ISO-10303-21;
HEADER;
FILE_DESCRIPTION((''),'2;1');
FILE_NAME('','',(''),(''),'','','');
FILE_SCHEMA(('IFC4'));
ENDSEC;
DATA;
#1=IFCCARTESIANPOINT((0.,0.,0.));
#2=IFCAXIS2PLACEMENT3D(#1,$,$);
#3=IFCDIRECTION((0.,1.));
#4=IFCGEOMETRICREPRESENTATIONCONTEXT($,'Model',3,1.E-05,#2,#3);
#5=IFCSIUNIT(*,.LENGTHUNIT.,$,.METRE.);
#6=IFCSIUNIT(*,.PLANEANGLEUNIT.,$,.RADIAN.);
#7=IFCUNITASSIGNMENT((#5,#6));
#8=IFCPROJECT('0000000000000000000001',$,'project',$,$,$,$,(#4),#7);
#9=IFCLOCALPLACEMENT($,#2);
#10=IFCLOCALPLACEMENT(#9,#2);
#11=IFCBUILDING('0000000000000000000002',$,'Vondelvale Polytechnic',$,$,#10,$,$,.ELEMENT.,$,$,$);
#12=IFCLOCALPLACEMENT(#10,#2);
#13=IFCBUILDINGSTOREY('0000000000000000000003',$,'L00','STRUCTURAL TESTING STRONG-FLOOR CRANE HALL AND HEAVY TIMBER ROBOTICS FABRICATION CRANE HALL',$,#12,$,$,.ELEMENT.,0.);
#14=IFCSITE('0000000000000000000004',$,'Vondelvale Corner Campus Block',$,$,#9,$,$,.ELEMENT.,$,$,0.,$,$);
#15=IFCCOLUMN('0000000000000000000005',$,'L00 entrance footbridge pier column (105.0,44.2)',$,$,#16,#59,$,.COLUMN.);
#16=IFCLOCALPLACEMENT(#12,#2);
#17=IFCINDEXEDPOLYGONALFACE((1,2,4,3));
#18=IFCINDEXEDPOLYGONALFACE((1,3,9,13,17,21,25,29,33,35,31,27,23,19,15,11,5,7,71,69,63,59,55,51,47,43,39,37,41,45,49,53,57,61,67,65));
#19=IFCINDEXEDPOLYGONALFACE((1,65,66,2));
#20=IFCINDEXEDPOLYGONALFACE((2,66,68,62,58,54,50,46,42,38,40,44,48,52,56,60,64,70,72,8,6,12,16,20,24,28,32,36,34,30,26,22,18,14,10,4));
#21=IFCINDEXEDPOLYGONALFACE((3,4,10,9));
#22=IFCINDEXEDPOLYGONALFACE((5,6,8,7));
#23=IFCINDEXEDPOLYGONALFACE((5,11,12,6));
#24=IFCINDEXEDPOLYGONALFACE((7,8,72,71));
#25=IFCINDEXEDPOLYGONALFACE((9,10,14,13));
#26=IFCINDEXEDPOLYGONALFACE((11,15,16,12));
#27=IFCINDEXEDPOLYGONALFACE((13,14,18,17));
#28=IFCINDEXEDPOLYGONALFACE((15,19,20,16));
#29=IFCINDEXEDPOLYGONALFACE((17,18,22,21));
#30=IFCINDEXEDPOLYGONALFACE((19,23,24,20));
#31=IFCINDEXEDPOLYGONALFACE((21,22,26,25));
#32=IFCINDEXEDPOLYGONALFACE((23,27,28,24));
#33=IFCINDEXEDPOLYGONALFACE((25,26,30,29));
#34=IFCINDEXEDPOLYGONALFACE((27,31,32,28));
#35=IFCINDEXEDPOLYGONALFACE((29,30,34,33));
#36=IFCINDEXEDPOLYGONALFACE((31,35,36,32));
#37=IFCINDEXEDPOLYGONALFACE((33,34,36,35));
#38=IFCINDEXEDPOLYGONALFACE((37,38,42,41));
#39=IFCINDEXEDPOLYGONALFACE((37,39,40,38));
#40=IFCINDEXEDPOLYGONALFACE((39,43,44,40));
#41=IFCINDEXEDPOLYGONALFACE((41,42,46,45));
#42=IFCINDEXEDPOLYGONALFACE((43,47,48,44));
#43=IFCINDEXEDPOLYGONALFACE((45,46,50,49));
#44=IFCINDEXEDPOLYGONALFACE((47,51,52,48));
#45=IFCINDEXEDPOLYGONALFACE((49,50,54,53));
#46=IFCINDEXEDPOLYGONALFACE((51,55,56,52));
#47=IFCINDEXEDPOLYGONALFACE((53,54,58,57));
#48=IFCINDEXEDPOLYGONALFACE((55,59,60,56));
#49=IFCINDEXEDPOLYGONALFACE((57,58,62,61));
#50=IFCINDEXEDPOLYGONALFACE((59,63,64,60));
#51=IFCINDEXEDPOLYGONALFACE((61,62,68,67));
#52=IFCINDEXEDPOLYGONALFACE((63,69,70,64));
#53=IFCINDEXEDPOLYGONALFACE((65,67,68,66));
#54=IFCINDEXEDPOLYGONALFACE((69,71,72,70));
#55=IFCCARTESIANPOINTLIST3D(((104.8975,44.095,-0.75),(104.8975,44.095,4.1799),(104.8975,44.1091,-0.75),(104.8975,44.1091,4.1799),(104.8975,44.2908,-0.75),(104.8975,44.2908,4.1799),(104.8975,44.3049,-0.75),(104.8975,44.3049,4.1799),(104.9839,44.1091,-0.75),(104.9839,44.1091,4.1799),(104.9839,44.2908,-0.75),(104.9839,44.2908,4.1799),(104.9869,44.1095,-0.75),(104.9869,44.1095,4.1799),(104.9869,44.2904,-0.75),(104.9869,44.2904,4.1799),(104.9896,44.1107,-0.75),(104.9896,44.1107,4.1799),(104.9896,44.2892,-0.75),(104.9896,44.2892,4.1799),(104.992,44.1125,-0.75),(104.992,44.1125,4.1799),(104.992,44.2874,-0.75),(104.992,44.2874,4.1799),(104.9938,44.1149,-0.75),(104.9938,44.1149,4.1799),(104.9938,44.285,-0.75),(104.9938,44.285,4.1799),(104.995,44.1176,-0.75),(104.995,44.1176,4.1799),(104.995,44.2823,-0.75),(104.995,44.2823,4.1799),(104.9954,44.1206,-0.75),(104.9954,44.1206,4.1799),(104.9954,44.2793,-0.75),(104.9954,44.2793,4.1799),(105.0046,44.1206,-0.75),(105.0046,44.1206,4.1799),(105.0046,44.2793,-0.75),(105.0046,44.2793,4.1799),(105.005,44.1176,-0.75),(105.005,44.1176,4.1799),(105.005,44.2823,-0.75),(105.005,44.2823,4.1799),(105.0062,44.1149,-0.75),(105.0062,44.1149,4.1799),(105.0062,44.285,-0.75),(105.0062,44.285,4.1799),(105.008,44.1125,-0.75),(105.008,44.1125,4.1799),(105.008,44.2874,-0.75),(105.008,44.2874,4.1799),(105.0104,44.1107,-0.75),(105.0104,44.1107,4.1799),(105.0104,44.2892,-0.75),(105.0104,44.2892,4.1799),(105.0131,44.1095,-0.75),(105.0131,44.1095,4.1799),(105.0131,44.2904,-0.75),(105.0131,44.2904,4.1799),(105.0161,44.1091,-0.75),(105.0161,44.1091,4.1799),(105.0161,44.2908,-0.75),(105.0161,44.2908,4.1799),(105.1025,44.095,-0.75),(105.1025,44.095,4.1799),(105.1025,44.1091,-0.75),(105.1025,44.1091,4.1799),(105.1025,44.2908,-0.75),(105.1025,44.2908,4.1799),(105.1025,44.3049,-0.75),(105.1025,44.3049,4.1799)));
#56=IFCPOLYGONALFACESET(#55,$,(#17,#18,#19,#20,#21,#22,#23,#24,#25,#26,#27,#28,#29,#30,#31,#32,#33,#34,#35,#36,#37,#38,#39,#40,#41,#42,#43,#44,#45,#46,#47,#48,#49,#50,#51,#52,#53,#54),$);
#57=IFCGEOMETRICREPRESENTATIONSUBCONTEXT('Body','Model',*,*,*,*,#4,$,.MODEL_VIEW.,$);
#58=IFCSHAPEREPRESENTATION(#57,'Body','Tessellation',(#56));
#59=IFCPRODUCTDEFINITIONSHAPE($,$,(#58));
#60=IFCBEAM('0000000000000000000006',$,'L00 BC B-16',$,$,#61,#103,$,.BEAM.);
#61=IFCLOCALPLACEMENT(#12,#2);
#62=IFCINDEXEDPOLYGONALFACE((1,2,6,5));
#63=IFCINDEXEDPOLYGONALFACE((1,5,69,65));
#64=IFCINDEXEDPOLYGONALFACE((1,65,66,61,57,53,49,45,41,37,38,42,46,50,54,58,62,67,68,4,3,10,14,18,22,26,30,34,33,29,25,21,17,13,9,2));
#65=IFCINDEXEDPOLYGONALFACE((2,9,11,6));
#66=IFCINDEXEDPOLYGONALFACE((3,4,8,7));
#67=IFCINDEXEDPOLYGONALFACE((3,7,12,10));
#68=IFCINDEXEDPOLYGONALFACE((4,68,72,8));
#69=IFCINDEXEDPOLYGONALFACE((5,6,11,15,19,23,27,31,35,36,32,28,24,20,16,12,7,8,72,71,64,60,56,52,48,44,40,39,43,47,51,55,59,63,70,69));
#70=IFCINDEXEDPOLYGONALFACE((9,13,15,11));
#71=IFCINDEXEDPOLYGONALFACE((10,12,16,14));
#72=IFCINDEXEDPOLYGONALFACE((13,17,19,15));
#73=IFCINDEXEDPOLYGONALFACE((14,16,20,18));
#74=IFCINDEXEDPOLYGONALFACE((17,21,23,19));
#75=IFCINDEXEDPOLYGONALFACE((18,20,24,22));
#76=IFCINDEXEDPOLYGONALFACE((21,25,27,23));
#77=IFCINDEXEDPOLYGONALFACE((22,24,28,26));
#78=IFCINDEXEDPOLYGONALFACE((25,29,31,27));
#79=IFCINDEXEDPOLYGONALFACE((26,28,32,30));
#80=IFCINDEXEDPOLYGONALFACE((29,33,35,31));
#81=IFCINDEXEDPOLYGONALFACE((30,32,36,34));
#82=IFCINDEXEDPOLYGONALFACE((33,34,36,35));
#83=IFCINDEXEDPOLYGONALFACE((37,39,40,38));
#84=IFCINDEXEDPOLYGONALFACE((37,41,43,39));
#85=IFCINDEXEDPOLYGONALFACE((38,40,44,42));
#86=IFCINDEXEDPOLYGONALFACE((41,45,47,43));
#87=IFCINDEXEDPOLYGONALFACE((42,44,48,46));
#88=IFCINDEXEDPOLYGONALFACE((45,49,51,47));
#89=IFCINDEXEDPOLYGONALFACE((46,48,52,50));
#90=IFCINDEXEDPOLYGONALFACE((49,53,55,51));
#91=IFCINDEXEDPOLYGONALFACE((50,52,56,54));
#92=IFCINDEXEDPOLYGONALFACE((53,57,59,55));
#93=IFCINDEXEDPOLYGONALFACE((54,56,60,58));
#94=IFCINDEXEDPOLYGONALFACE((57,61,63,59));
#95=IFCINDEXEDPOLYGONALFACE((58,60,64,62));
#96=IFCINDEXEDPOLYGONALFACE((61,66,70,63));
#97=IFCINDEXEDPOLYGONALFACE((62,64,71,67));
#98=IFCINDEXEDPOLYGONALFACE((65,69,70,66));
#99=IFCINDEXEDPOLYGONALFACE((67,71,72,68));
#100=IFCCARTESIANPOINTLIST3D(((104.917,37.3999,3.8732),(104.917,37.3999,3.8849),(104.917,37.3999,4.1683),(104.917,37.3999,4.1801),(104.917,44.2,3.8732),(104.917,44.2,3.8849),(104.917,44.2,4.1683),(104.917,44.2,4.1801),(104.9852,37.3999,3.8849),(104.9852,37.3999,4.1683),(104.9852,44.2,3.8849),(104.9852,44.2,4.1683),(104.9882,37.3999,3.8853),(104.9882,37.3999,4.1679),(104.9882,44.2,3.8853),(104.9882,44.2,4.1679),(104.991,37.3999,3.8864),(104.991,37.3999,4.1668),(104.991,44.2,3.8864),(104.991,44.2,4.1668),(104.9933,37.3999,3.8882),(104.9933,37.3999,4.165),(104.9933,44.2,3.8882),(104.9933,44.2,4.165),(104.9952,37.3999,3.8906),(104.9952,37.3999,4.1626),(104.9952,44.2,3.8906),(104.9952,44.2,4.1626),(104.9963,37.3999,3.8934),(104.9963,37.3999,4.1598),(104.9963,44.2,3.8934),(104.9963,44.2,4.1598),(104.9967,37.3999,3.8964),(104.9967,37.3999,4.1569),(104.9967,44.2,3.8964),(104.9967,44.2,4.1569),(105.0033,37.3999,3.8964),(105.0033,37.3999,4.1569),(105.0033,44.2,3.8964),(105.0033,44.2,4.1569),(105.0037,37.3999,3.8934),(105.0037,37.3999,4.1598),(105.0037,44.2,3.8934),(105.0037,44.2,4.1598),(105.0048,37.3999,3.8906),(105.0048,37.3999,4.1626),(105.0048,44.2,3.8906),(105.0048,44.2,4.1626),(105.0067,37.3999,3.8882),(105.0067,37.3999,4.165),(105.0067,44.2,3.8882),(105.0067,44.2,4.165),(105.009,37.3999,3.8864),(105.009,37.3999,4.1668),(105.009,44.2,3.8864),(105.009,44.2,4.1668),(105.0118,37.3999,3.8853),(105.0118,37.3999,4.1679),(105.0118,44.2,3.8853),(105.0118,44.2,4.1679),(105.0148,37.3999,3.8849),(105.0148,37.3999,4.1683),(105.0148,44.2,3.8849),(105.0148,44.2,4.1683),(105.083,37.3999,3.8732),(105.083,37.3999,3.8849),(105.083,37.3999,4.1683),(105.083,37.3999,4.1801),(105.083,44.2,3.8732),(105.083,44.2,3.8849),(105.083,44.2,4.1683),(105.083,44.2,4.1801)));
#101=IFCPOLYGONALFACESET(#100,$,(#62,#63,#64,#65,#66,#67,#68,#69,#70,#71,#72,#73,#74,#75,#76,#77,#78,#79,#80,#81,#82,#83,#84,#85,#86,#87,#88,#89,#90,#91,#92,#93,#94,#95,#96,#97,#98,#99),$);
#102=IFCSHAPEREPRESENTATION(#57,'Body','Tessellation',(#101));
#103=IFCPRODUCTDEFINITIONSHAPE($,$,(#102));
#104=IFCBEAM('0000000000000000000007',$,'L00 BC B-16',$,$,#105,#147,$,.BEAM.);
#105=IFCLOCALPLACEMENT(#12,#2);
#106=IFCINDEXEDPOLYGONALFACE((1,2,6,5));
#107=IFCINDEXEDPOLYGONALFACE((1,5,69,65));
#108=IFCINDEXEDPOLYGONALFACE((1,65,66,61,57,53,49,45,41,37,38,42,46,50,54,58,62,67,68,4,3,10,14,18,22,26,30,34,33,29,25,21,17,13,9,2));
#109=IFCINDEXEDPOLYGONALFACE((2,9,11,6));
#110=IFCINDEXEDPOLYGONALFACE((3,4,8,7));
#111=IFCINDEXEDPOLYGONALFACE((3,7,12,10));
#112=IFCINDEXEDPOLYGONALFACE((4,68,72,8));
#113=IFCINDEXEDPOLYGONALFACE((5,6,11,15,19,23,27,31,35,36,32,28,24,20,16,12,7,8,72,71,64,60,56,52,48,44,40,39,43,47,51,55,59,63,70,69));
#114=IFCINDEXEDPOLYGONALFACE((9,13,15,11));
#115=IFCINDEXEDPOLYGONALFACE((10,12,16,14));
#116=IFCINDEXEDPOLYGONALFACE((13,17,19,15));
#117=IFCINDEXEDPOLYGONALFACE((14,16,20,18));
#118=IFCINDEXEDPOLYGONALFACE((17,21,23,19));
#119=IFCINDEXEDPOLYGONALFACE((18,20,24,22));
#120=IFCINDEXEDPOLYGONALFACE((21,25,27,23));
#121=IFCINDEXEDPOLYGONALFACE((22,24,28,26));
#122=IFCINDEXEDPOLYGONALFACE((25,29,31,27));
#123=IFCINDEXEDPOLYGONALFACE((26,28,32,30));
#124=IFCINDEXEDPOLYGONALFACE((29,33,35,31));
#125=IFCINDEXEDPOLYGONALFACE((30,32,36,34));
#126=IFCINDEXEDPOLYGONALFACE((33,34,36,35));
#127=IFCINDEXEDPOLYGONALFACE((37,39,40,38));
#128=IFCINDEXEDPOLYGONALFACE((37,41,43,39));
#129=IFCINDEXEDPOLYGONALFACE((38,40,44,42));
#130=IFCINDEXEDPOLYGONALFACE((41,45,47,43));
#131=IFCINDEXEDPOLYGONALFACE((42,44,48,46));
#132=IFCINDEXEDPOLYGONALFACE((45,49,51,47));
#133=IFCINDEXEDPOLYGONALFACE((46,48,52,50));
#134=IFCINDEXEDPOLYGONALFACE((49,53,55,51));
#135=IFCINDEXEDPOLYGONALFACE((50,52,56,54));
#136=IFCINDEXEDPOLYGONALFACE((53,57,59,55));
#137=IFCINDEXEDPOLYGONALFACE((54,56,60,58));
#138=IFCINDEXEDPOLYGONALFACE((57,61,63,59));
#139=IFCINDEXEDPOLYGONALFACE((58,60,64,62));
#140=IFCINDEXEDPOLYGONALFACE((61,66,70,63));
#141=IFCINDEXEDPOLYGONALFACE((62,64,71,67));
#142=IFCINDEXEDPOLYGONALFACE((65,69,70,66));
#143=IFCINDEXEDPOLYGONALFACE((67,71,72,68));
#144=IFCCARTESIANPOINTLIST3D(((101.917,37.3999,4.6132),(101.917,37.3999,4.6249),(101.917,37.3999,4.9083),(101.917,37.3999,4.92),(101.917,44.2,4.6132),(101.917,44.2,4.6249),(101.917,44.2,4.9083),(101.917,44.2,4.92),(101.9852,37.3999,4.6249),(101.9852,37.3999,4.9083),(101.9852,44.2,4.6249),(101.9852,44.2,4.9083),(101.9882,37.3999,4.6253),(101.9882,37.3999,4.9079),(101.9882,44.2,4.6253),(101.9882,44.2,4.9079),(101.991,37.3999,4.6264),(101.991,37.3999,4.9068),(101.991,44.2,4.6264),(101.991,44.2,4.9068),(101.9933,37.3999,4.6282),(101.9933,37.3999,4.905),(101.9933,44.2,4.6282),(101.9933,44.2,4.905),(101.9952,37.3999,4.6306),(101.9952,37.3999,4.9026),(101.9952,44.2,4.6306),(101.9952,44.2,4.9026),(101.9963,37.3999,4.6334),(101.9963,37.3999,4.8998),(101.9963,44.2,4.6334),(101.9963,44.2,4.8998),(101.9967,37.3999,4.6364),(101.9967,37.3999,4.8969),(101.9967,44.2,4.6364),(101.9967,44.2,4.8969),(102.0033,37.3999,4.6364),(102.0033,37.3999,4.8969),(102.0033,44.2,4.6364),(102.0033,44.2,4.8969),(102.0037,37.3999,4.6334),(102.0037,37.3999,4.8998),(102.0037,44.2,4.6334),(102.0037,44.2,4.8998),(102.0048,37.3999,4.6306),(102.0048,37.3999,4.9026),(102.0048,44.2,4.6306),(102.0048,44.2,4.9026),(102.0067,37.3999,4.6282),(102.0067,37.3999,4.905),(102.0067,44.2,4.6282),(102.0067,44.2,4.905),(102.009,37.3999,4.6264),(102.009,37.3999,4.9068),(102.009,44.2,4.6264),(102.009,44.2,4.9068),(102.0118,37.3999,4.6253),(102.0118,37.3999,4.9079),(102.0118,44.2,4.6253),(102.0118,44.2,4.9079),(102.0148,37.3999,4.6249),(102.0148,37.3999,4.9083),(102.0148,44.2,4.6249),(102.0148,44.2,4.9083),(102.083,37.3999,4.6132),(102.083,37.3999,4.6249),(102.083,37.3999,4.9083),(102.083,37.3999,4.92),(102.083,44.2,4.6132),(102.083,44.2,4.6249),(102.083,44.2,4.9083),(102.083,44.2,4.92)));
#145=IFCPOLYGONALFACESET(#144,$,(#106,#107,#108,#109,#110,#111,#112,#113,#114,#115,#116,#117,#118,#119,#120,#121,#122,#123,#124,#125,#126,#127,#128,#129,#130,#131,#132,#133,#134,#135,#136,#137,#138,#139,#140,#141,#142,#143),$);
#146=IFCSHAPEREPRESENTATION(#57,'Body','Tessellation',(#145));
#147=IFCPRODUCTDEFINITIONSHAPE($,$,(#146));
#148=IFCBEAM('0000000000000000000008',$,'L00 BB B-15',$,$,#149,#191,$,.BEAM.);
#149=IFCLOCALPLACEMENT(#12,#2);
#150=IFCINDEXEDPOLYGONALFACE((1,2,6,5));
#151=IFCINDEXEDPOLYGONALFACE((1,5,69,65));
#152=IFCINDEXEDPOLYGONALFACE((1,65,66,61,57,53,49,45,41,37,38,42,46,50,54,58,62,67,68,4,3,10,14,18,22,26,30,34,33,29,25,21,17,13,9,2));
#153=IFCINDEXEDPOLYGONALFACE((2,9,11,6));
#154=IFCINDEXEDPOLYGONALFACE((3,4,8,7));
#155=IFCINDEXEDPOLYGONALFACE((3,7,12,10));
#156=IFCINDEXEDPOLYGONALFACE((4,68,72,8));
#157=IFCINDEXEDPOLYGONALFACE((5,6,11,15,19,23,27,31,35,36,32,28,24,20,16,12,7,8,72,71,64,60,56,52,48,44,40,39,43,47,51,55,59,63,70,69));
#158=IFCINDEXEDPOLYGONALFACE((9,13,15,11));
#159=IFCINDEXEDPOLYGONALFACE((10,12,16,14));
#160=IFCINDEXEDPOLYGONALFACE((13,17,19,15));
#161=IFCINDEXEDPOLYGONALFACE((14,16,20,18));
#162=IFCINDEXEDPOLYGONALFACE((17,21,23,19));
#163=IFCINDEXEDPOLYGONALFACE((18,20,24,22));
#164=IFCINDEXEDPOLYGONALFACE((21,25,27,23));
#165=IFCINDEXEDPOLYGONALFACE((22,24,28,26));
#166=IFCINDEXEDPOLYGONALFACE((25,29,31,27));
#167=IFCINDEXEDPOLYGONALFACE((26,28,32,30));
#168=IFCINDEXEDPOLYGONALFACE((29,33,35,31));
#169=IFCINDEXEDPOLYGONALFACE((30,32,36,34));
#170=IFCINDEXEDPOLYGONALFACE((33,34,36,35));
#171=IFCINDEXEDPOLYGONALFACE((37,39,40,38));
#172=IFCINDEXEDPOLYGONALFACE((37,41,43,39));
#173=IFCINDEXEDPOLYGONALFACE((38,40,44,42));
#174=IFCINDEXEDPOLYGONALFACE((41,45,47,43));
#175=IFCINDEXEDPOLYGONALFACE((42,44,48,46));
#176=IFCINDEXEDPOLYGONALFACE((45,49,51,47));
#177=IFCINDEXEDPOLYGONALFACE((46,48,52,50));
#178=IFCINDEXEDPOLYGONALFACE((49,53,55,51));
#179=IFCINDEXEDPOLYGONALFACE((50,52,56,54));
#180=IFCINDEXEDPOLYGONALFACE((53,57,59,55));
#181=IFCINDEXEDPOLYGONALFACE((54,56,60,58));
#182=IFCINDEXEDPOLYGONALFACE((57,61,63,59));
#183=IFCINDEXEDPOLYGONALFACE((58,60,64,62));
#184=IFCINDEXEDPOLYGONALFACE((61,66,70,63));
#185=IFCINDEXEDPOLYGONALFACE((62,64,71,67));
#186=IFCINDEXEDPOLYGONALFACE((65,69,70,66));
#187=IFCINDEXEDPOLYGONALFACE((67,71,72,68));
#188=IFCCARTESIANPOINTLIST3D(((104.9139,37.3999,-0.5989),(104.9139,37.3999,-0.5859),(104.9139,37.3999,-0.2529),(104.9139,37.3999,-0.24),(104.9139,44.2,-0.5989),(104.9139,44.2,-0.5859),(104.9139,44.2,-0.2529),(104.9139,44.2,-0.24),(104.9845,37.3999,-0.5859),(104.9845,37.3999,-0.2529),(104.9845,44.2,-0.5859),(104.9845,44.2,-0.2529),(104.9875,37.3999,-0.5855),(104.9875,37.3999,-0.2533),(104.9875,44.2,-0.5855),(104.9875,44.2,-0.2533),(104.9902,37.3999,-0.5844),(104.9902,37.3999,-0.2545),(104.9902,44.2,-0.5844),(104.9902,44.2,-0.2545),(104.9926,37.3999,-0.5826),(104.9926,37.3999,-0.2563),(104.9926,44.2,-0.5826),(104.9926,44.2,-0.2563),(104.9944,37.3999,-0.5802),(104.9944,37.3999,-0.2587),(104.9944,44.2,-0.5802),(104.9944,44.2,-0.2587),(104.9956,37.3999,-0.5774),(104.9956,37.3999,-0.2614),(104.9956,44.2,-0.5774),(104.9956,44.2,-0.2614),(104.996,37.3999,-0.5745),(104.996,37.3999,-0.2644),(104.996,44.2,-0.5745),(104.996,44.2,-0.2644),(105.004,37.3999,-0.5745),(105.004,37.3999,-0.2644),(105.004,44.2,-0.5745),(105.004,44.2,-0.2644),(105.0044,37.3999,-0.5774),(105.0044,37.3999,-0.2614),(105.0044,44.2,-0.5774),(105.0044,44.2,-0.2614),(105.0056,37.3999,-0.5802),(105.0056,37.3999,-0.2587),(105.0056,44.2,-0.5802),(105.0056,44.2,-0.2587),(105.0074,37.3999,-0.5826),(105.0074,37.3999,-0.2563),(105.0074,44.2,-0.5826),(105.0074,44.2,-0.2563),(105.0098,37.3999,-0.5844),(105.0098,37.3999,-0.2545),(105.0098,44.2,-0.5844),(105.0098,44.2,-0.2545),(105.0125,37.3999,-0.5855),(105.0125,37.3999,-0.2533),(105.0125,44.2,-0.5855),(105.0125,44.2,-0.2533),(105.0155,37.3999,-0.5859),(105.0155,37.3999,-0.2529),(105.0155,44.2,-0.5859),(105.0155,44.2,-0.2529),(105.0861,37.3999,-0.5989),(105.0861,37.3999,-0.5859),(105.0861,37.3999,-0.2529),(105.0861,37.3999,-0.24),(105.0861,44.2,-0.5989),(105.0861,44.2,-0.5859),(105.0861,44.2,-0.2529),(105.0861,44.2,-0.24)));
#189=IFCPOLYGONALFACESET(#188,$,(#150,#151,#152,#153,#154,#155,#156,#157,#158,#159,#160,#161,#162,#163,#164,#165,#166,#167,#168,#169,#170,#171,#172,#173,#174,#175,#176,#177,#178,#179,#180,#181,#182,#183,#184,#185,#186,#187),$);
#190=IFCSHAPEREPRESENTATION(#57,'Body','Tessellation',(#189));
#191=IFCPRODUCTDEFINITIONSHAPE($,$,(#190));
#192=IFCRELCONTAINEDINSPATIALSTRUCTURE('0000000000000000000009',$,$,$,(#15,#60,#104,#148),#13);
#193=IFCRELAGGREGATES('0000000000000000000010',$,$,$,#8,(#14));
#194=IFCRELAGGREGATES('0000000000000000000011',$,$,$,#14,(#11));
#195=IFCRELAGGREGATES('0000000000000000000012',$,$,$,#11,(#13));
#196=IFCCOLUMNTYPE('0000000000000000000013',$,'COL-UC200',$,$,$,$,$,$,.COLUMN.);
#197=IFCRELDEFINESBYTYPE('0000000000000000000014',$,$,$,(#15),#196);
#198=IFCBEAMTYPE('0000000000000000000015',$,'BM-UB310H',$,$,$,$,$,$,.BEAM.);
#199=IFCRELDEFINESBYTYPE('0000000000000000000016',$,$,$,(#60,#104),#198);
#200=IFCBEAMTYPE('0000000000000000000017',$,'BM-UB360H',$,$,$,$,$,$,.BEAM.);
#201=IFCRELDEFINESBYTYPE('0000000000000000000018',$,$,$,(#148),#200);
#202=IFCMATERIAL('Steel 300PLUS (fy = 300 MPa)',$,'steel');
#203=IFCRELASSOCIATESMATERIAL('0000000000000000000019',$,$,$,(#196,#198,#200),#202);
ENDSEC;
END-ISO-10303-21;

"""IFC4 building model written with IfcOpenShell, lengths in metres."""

from ifc_helpers import new_model, si_unit, direction, frame, origin, origin_2d, place, context, subcontext, project, spatial, i_section, extrude, material, material_profile, profile_set, type_object, element, save


model = new_model("IFC4")

# Units and contexts
model_context = context("Model", 3, precision=1e-05, world=origin(), true_north=direction((0.0, 1.0)))
body_context = subcontext(model_context, "Body", "Model", "MODEL_VIEW")
ifc_project = project(units=[si_unit("LENGTHUNIT", "METRE"), si_unit("PLANEANGLEUNIT", "RADIAN")], contexts=[model_context])

# Site, building, storey
site_placement = place(None, origin())
site = spatial("IfcSite", under=ifc_project, at=site_placement, Name="Vondelvale Corner Campus Block", CompositionType="ELEMENT", RefElevation=0.0)
building_placement = place(site_placement, origin())
building = spatial("IfcBuilding", under=site, at=building_placement, Name="Vondelvale Polytechnic", CompositionType="ELEMENT")
storey_placement = place(building_placement, origin())
storey = spatial("IfcBuildingStorey", under=building, at=storey_placement, Name="L00", Description="STRUCTURAL TESTING STRONG-FLOOR CRANE HALL AND HEAVY TIMBER ROBOTICS FABRICATION CRANE HALL", CompositionType="ELEMENT", Elevation=0.0)

# Column
ifc_material_1 = material(Name="Steel 300PLUS (fy = 300 MPa)", Category="steel")
ifc_material_profile_1 = material_profile(ifc_material_1, i_section(OverallWidth=0.2051, OverallDepth=0.21, WebThickness=0.0093, FlangeThickness=0.0142, FilletRadius=0.0115, at=origin_2d()), Name="200UC59.5")
ifc_profile_set_1 = profile_set([ifc_material_profile_1], Name="Steel 300PLUS (fy = 300 MPa)")
column_type_1 = type_object("IfcColumnType", Name="COL-UC200", PredefinedType="COLUMN", material=ifc_profile_set_1)
for number, where, z_axis, x_axis, name in (
    (1, (105.0, 44.2, -0.75), (0.0, 0.0, 1.0), (1.0, 0.0, 0.0), "L00 entrance footbridge pier column (105.0,44.2)"),
):
    element("IfcColumn", number, at=place(storey_placement, frame(where, z_axis=z_axis, x_axis=x_axis)), inside=storey, type_object=column_type_1, Name=name, PredefinedType="COLUMN", context=body_context, shape_type="SweptSolid", body=[
        extrude(i_section(OverallWidth=0.2051, OverallDepth=0.21, WebThickness=0.0093, FlangeThickness=0.0142, FilletRadius=0.0115, at=origin_2d()), origin(), (0.0, 0.0, 1.0), 4.9299),
    ])

# Beams
ifc_material_profile_2 = material_profile(ifc_material_1, i_section(OverallWidth=0.166, OverallDepth=0.3069, WebThickness=0.0066, FlangeThickness=0.0117, FilletRadius=0.0115, at=origin_2d()), Name="310UB46.2")
ifc_profile_set_2 = profile_set([ifc_material_profile_2], Name="Steel 300PLUS (fy = 300 MPa)")
beam_type_1 = type_object("IfcBeamType", Name="BM-UB310H", PredefinedType="BEAM", material=ifc_profile_set_2)
for number, where, z_axis, x_axis, name in (
    (2, (105.0, 37.3999, 4.0266), (0.0, 1.0, 0.0), (-1.0, 0.0, 0.0), "L00 BC B-16"),
    (3, (102.0, 37.3999, 4.7666), (0.0, 1.0, 0.0), (-1.0, 0.0, 0.0), "L00 BC B-16"),
):
    element("IfcBeam", number, at=place(storey_placement, frame(where, z_axis=z_axis, x_axis=x_axis)), inside=storey, type_object=beam_type_1, Name=name, PredefinedType="BEAM", context=body_context, shape_type="SweptSolid", body=[
        extrude(i_section(OverallWidth=0.166, OverallDepth=0.3069, WebThickness=0.0066, FlangeThickness=0.0117, FilletRadius=0.0115, at=origin_2d()), origin(), (0.0, 0.0, 1.0), 6.8),
    ])
ifc_material_profile_3 = material_profile(ifc_material_1, i_section(OverallWidth=0.1721, OverallDepth=0.3589, WebThickness=0.0081, FlangeThickness=0.0129, FilletRadius=0.0115, at=origin_2d()), Name="360UB56.7")
ifc_profile_set_3 = profile_set([ifc_material_profile_3], Name="Steel 300PLUS (fy = 300 MPa)")
beam_type_2 = type_object("IfcBeamType", Name="BM-UB360H", PredefinedType="BEAM", material=ifc_profile_set_3)
beam_placement = place(storey_placement, frame((105.0, 37.3999, -0.4194), z_axis=(0.0, 1.0, 0.0), x_axis=(-1.0, 0.0, 0.0)))
element("IfcBeam", 4, at=beam_placement, inside=storey, type_object=beam_type_2, Name="L00 BB B-15", PredefinedType="BEAM", context=body_context, shape_type="SweptSolid", body=[
    extrude(i_section(OverallWidth=0.1721, OverallDepth=0.3589, WebThickness=0.0081, FlangeThickness=0.0129, FilletRadius=0.0115, at=origin_2d()), origin(), (0.0, 0.0, 1.0), 6.8),
])

save(model, "model.ifc")
